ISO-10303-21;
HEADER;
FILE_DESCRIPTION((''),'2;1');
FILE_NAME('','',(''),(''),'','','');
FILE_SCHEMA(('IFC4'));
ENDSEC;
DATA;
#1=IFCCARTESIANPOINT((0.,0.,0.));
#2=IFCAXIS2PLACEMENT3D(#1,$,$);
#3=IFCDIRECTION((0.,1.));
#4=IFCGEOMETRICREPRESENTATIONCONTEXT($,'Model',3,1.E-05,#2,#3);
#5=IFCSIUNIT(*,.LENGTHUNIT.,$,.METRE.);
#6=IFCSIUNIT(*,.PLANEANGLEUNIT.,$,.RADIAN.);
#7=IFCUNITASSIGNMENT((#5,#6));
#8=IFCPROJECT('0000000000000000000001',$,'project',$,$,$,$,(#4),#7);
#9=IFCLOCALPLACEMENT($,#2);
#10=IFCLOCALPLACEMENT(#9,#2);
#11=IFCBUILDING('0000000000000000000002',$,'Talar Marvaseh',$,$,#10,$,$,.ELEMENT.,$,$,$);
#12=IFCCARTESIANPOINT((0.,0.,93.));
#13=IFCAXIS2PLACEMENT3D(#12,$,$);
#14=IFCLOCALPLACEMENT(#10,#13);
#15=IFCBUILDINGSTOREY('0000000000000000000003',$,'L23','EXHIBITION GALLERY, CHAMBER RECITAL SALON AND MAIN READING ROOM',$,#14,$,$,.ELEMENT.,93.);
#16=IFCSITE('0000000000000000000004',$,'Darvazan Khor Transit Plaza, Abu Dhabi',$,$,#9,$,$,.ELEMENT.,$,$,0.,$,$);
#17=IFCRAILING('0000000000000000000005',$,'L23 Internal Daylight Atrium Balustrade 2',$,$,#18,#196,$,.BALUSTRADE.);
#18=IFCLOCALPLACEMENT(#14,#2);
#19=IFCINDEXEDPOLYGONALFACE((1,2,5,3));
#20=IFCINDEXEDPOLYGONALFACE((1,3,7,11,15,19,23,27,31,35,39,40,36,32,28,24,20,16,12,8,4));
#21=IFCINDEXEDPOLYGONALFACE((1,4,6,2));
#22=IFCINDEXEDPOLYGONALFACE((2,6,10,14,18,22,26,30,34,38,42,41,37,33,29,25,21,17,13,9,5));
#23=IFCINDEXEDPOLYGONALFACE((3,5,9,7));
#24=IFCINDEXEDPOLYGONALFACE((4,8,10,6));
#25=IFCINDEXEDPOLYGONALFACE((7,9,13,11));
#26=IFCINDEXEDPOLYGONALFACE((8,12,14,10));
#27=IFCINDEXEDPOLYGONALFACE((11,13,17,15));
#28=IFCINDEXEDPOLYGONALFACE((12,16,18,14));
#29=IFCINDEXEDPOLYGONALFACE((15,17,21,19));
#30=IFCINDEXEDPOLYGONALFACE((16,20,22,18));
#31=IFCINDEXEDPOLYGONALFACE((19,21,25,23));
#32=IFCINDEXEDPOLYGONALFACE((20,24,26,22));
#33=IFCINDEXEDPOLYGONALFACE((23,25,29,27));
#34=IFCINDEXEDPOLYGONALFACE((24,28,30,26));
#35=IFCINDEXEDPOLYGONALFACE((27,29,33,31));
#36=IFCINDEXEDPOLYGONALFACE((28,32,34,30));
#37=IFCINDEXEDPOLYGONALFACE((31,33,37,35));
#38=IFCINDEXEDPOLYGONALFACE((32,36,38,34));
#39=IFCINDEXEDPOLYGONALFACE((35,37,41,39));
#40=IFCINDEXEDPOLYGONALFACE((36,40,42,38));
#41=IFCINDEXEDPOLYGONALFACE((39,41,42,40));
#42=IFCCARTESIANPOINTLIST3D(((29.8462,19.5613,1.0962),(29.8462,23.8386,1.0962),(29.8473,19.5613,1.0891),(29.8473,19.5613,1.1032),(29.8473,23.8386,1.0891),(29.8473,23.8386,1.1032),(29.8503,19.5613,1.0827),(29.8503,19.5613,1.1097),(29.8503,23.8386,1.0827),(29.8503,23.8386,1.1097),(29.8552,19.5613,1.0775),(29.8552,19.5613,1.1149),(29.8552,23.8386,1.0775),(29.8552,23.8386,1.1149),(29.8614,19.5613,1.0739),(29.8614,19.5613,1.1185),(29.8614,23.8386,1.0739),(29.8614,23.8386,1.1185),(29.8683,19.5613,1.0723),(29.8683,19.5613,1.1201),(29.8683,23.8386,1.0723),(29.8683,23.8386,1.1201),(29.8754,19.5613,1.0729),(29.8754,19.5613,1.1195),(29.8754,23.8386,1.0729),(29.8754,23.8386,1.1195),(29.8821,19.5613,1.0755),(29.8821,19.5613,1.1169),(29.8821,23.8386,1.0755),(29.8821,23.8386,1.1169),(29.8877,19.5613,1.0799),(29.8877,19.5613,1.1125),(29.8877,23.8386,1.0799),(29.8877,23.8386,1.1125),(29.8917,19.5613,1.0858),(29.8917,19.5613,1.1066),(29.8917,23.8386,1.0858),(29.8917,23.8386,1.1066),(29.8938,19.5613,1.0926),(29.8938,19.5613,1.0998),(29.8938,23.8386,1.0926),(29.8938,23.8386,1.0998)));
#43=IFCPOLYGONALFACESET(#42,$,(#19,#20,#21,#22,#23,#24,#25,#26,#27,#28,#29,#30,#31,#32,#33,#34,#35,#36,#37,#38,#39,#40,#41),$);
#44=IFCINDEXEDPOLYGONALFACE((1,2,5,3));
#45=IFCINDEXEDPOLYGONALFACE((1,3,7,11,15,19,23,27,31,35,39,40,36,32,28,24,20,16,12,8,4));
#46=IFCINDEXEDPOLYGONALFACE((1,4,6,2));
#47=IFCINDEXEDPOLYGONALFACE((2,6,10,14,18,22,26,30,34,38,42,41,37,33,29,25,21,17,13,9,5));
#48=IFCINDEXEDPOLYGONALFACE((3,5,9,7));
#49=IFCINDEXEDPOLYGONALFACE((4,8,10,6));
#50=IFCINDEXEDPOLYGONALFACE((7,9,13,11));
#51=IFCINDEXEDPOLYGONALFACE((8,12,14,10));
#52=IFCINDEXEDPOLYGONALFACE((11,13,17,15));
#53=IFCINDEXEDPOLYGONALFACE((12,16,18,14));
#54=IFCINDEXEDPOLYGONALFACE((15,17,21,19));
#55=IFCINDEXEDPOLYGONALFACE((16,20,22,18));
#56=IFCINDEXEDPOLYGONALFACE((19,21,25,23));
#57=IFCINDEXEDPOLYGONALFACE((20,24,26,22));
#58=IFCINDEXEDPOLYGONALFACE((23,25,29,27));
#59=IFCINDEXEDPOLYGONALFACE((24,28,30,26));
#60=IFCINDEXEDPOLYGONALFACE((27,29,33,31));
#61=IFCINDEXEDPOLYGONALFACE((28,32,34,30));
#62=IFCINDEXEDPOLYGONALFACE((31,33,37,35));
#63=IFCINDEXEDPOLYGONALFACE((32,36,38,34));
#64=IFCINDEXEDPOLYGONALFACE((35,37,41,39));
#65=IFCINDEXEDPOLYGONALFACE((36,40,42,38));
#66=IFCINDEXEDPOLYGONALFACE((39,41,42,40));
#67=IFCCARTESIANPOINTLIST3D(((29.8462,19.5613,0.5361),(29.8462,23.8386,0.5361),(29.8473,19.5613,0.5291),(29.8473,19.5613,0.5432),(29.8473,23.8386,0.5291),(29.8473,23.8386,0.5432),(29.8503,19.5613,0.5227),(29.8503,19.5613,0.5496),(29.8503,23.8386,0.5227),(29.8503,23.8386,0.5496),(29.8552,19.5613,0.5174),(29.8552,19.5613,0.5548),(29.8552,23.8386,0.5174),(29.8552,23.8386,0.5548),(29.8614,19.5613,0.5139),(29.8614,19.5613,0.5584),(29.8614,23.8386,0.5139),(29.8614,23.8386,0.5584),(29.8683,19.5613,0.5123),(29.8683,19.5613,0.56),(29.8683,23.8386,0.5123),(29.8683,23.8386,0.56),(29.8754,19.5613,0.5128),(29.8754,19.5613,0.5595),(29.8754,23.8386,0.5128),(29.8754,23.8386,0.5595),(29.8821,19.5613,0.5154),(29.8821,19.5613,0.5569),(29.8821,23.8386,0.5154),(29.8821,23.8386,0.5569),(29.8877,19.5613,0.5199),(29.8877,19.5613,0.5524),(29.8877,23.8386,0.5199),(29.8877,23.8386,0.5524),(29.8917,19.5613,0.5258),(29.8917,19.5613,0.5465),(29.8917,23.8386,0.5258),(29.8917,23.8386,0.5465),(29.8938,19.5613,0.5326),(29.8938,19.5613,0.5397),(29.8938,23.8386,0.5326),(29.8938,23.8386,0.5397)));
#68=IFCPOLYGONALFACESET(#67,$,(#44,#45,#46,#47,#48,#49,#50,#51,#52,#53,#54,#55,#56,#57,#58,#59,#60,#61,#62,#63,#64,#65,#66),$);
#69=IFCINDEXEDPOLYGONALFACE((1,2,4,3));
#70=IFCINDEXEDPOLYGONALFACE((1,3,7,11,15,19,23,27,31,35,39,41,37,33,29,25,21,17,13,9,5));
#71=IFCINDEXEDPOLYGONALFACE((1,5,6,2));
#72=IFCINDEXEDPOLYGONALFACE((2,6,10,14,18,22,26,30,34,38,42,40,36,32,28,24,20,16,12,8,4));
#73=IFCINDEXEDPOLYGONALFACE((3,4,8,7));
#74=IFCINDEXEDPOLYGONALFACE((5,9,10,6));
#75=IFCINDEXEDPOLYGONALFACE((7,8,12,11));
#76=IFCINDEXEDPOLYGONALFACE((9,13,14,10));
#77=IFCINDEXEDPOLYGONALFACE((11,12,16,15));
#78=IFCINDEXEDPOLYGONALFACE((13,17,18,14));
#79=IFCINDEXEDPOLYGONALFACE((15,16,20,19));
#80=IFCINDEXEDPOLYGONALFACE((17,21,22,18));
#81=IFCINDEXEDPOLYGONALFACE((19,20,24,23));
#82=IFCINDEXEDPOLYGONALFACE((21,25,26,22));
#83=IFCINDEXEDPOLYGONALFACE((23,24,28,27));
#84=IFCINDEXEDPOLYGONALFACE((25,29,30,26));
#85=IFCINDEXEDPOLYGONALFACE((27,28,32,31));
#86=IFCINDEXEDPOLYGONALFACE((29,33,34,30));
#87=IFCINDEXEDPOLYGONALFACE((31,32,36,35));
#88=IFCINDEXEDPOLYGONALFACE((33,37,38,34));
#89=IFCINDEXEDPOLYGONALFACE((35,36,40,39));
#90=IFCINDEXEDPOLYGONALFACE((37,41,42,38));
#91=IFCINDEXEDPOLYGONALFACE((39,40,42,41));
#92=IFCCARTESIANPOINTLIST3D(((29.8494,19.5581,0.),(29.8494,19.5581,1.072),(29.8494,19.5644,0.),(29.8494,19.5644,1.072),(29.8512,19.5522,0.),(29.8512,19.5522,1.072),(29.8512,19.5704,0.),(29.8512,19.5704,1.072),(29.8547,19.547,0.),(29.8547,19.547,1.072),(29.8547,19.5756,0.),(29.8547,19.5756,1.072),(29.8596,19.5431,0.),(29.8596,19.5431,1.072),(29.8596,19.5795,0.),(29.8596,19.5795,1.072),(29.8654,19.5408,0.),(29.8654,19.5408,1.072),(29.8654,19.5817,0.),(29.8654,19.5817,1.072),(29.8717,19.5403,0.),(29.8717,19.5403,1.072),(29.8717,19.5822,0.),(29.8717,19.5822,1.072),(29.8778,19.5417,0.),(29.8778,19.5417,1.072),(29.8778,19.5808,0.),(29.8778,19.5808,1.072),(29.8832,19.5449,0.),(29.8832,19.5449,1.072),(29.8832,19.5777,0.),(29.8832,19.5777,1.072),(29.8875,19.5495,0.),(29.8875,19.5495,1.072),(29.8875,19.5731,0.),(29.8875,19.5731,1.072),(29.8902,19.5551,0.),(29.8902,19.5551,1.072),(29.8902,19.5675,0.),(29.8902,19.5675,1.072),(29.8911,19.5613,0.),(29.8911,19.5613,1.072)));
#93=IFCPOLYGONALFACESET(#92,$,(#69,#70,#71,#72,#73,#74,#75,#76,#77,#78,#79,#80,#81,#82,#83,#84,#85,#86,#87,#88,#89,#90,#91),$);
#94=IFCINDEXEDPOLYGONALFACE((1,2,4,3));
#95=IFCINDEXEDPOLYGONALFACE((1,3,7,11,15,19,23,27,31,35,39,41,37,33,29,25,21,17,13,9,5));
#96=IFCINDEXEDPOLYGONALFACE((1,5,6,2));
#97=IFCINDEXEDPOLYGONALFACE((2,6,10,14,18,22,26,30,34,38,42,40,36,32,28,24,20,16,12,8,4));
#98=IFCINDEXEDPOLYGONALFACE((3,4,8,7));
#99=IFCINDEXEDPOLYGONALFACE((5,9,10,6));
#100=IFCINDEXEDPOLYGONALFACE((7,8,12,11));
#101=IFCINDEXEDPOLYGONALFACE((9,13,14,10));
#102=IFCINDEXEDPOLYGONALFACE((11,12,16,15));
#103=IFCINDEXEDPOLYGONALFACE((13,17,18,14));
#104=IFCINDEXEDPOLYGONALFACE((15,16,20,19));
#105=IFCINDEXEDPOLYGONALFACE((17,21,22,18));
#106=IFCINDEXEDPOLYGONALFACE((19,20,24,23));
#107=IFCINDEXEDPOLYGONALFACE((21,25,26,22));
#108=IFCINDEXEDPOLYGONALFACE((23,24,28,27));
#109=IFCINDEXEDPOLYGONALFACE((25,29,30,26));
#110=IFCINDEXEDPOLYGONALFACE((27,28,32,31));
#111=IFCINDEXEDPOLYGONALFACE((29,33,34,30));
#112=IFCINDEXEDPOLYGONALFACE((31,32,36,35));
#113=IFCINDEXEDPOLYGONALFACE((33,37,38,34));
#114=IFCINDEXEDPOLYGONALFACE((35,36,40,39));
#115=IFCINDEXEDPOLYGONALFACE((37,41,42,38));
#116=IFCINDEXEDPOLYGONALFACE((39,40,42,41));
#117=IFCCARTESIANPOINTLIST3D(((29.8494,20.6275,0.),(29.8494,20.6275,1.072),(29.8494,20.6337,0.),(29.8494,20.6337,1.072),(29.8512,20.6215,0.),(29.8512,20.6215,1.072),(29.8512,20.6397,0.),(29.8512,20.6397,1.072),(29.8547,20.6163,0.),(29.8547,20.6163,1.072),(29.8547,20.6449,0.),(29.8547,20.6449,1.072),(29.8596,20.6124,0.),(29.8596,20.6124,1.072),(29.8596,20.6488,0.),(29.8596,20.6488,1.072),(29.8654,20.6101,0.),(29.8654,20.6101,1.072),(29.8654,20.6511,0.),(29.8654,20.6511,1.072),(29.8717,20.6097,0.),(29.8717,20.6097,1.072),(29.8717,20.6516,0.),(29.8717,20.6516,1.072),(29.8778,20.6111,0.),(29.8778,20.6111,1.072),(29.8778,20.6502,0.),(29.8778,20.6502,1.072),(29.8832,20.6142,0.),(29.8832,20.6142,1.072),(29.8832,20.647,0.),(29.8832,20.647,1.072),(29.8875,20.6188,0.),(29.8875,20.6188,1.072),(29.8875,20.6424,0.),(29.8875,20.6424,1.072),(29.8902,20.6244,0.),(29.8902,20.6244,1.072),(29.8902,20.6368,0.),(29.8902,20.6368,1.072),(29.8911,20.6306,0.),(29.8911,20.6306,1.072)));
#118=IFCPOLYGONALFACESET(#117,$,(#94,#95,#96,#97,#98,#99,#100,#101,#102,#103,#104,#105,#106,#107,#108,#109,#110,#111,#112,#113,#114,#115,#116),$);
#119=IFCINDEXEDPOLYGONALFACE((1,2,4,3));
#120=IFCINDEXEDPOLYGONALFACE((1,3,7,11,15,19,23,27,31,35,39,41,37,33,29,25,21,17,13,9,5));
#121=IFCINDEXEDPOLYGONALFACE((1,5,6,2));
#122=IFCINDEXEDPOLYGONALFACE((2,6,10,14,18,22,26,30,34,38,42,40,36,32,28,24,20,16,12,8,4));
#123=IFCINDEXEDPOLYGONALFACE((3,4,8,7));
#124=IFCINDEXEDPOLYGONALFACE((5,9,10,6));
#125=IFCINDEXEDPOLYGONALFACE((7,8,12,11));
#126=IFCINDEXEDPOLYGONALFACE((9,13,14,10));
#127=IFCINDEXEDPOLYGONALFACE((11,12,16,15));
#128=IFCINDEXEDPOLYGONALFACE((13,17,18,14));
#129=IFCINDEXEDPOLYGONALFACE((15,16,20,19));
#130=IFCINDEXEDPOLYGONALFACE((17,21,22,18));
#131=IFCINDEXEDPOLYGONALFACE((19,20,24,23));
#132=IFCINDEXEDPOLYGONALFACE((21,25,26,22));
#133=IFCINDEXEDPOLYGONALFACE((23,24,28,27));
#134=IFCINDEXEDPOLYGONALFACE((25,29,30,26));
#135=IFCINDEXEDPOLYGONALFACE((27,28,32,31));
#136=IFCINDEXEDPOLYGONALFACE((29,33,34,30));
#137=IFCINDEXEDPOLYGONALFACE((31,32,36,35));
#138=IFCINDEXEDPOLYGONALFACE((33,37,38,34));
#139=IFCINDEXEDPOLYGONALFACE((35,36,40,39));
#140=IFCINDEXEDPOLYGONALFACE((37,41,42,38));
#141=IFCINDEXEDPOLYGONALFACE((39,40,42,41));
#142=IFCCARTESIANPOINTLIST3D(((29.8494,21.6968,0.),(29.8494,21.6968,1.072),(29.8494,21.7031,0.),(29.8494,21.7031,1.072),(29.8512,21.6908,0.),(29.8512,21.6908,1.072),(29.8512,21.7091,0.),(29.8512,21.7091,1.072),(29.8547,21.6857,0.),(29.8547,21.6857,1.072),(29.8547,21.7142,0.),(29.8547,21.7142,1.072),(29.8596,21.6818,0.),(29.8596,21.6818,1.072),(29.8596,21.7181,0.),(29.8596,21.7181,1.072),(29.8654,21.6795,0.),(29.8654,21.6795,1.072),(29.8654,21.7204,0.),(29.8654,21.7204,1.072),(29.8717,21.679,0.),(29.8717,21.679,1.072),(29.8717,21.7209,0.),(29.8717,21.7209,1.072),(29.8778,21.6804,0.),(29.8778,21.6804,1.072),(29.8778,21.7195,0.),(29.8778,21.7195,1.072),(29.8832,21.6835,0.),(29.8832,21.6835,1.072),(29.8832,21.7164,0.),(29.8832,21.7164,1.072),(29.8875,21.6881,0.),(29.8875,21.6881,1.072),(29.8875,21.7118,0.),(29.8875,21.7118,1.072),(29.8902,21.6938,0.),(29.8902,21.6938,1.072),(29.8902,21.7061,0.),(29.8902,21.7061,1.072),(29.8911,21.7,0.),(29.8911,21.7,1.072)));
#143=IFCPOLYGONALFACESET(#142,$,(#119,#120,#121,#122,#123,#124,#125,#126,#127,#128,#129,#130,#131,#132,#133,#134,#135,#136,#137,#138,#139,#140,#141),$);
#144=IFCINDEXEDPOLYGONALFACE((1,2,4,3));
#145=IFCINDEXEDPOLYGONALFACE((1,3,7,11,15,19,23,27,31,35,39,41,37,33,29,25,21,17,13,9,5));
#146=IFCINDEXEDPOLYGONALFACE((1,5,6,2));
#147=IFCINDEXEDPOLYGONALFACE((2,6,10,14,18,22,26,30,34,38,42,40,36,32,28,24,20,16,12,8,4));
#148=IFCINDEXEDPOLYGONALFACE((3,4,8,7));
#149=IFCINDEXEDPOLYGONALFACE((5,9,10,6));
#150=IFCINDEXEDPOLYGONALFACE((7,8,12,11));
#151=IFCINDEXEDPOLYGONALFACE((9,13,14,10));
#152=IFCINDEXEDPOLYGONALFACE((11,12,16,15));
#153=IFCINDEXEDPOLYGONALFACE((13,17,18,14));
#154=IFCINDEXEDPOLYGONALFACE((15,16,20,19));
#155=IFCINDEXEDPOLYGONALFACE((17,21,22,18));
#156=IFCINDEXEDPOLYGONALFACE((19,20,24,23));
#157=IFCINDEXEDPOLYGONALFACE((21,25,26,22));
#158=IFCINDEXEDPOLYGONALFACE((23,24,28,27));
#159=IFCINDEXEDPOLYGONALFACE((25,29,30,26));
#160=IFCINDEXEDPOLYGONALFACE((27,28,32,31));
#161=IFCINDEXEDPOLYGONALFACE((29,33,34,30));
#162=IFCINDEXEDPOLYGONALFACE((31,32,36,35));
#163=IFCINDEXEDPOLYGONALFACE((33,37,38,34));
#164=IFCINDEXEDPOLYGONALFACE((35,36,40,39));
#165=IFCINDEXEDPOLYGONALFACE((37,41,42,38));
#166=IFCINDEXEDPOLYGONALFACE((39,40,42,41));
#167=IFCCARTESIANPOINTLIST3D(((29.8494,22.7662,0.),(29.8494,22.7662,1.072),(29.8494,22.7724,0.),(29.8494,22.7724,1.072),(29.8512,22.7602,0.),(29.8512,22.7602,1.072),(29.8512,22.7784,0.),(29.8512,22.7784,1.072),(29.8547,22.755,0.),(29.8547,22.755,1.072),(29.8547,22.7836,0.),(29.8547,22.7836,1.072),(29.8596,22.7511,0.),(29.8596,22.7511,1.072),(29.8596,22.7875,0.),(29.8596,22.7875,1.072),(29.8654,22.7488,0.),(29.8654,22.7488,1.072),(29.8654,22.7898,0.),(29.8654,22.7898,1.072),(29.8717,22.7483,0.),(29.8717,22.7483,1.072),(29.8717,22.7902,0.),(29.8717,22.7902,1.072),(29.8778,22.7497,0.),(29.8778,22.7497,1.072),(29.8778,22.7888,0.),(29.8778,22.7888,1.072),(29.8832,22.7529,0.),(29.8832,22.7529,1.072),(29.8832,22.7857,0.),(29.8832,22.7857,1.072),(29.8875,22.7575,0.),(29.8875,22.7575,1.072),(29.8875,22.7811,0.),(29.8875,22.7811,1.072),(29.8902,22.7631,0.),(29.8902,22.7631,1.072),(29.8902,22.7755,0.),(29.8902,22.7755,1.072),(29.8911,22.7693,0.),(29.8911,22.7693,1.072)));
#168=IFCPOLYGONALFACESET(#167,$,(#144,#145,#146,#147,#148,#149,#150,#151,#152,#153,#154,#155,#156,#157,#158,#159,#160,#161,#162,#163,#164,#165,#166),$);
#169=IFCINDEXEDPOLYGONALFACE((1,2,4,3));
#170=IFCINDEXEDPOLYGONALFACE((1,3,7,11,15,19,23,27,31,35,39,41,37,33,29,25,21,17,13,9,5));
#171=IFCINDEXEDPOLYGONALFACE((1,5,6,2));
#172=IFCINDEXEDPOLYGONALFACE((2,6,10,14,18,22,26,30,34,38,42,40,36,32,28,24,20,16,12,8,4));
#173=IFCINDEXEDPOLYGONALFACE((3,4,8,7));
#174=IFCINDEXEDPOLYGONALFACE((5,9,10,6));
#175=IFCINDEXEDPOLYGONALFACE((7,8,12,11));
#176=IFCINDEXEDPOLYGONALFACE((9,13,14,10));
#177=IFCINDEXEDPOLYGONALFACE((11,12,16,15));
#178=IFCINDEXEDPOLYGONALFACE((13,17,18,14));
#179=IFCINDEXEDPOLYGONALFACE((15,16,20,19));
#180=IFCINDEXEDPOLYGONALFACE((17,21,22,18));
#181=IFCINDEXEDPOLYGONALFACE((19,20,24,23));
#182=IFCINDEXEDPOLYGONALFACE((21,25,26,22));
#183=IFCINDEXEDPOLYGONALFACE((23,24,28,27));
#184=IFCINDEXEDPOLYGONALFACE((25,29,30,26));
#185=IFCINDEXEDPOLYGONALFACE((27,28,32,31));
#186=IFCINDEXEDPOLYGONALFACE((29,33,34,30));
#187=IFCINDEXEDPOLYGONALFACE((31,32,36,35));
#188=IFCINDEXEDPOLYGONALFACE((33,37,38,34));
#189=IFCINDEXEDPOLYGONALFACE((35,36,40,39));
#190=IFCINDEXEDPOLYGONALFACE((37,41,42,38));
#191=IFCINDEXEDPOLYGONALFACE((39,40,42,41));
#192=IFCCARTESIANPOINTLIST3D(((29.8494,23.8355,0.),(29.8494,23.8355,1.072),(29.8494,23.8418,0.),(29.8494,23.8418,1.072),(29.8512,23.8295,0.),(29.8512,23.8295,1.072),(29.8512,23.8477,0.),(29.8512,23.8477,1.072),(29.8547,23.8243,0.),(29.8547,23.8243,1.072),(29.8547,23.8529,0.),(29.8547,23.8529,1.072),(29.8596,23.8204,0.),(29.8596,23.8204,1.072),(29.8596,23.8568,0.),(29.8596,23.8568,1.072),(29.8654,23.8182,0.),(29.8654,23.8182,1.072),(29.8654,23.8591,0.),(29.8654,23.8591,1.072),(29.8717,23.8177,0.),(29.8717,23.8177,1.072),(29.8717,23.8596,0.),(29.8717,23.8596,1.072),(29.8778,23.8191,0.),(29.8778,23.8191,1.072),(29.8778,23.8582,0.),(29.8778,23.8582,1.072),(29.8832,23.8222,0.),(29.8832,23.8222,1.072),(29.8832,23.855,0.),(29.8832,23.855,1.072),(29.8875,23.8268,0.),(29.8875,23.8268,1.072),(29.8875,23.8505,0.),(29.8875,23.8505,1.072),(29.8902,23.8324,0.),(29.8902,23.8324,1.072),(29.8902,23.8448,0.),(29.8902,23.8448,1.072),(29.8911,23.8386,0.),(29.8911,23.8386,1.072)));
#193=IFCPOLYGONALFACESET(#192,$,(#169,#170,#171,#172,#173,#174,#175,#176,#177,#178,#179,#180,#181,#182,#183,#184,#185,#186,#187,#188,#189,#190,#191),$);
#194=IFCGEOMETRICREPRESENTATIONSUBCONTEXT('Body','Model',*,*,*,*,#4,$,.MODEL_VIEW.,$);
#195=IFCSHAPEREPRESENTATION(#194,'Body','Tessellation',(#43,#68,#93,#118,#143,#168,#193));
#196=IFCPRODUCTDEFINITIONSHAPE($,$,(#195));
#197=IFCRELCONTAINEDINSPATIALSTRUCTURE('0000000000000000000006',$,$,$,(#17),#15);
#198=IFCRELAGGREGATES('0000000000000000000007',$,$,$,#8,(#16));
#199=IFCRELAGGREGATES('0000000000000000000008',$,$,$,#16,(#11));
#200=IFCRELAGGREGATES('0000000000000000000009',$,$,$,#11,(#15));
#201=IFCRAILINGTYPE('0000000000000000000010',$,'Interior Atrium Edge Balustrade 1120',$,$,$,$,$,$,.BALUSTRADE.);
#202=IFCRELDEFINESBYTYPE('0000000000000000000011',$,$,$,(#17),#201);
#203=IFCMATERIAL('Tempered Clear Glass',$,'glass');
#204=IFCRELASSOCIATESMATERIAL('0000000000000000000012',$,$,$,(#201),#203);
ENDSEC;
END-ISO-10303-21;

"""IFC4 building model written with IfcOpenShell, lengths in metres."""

from ifc_helpers import new_model, si_unit, direction, frame, origin, origin_2d, place, context, subcontext, project, spatial, circle, extrude, material, type_object, element, save


model = new_model("IFC4")

# Units and contexts
model_context = context("Model", 3, precision=1e-05, world=origin(), true_north=direction((0.0, 1.0)))
body_context = subcontext(model_context, "Body", "Model", "MODEL_VIEW")
ifc_project = project(units=[si_unit("LENGTHUNIT", "METRE"), si_unit("PLANEANGLEUNIT", "RADIAN")], contexts=[model_context])

# Site, building, storey
site_placement = place(None, origin())
site = spatial("IfcSite", under=ifc_project, at=site_placement, Name="Darvazan Khor Transit Plaza, Abu Dhabi", CompositionType="ELEMENT", RefElevation=0.0)
building_placement = place(site_placement, origin())
building = spatial("IfcBuilding", under=site, at=building_placement, Name="Talar Marvaseh", CompositionType="ELEMENT")
storey_placement = place(building_placement, frame((0.0, 0.0, 93.0)))
storey = spatial("IfcBuildingStorey", under=building, at=storey_placement, Name="L23", Description="EXHIBITION GALLERY, CHAMBER RECITAL SALON AND MAIN READING ROOM", CompositionType="ELEMENT", Elevation=93.0)

# Railing
ifc_material_1 = material(Name="Tempered Clear Glass", Category="glass")
railing_type_1 = type_object("IfcRailingType", Name="Interior Atrium Edge Balustrade 1120", PredefinedType="BALUSTRADE", material=ifc_material_1)
railing_1_placement = place(storey_placement, frame((29.8701, 19.5613, 0.0)))
element("IfcRailing", 1, at=railing_1_placement, inside=storey, type_object=railing_type_1, Name="L23 Internal Daylight Atrium Balustrade 2", PredefinedType="BALUSTRADE", context=body_context, shape_type="SweptSolid", body=[
    extrude(circle(Radius=0.0239, at=origin_2d()), frame((0.0, 0.0, 1.0962), z_axis=(0.0, 1.0, 0.0), x_axis=(-1.0, 0.0, 0.0)), (0.0, 0.0, 1.0), 4.2773),
    extrude(circle(Radius=0.0239, at=origin_2d()), frame((0.0, 0.0, 0.5361), z_axis=(0.0, 1.0, 0.0), x_axis=(-1.0, 0.0, 0.0)), (0.0, 0.0, 1.0), 4.2773),
    extrude(circle(Radius=0.021, at=origin_2d()), origin(), (0.0, 0.0, 1.0), 1.072),
    extrude(circle(Radius=0.021, at=origin_2d()), frame((0.0, 1.0693, 0.0)), (0.0, 0.0, 1.0), 1.072),
    extrude(circle(Radius=0.021, at=origin_2d()), frame((0.0, 2.1387, 0.0)), (0.0, 0.0, 1.0), 1.072),
    extrude(circle(Radius=0.021, at=origin_2d()), frame((0.0, 3.208, 0.0)), (0.0, 0.0, 1.0), 1.072),
    extrude(circle(Radius=0.021, at=origin_2d()), frame((0.0, 4.2773, 0.0)), (0.0, 0.0, 1.0), 1.072),
])

save(model, "model.ifc")
